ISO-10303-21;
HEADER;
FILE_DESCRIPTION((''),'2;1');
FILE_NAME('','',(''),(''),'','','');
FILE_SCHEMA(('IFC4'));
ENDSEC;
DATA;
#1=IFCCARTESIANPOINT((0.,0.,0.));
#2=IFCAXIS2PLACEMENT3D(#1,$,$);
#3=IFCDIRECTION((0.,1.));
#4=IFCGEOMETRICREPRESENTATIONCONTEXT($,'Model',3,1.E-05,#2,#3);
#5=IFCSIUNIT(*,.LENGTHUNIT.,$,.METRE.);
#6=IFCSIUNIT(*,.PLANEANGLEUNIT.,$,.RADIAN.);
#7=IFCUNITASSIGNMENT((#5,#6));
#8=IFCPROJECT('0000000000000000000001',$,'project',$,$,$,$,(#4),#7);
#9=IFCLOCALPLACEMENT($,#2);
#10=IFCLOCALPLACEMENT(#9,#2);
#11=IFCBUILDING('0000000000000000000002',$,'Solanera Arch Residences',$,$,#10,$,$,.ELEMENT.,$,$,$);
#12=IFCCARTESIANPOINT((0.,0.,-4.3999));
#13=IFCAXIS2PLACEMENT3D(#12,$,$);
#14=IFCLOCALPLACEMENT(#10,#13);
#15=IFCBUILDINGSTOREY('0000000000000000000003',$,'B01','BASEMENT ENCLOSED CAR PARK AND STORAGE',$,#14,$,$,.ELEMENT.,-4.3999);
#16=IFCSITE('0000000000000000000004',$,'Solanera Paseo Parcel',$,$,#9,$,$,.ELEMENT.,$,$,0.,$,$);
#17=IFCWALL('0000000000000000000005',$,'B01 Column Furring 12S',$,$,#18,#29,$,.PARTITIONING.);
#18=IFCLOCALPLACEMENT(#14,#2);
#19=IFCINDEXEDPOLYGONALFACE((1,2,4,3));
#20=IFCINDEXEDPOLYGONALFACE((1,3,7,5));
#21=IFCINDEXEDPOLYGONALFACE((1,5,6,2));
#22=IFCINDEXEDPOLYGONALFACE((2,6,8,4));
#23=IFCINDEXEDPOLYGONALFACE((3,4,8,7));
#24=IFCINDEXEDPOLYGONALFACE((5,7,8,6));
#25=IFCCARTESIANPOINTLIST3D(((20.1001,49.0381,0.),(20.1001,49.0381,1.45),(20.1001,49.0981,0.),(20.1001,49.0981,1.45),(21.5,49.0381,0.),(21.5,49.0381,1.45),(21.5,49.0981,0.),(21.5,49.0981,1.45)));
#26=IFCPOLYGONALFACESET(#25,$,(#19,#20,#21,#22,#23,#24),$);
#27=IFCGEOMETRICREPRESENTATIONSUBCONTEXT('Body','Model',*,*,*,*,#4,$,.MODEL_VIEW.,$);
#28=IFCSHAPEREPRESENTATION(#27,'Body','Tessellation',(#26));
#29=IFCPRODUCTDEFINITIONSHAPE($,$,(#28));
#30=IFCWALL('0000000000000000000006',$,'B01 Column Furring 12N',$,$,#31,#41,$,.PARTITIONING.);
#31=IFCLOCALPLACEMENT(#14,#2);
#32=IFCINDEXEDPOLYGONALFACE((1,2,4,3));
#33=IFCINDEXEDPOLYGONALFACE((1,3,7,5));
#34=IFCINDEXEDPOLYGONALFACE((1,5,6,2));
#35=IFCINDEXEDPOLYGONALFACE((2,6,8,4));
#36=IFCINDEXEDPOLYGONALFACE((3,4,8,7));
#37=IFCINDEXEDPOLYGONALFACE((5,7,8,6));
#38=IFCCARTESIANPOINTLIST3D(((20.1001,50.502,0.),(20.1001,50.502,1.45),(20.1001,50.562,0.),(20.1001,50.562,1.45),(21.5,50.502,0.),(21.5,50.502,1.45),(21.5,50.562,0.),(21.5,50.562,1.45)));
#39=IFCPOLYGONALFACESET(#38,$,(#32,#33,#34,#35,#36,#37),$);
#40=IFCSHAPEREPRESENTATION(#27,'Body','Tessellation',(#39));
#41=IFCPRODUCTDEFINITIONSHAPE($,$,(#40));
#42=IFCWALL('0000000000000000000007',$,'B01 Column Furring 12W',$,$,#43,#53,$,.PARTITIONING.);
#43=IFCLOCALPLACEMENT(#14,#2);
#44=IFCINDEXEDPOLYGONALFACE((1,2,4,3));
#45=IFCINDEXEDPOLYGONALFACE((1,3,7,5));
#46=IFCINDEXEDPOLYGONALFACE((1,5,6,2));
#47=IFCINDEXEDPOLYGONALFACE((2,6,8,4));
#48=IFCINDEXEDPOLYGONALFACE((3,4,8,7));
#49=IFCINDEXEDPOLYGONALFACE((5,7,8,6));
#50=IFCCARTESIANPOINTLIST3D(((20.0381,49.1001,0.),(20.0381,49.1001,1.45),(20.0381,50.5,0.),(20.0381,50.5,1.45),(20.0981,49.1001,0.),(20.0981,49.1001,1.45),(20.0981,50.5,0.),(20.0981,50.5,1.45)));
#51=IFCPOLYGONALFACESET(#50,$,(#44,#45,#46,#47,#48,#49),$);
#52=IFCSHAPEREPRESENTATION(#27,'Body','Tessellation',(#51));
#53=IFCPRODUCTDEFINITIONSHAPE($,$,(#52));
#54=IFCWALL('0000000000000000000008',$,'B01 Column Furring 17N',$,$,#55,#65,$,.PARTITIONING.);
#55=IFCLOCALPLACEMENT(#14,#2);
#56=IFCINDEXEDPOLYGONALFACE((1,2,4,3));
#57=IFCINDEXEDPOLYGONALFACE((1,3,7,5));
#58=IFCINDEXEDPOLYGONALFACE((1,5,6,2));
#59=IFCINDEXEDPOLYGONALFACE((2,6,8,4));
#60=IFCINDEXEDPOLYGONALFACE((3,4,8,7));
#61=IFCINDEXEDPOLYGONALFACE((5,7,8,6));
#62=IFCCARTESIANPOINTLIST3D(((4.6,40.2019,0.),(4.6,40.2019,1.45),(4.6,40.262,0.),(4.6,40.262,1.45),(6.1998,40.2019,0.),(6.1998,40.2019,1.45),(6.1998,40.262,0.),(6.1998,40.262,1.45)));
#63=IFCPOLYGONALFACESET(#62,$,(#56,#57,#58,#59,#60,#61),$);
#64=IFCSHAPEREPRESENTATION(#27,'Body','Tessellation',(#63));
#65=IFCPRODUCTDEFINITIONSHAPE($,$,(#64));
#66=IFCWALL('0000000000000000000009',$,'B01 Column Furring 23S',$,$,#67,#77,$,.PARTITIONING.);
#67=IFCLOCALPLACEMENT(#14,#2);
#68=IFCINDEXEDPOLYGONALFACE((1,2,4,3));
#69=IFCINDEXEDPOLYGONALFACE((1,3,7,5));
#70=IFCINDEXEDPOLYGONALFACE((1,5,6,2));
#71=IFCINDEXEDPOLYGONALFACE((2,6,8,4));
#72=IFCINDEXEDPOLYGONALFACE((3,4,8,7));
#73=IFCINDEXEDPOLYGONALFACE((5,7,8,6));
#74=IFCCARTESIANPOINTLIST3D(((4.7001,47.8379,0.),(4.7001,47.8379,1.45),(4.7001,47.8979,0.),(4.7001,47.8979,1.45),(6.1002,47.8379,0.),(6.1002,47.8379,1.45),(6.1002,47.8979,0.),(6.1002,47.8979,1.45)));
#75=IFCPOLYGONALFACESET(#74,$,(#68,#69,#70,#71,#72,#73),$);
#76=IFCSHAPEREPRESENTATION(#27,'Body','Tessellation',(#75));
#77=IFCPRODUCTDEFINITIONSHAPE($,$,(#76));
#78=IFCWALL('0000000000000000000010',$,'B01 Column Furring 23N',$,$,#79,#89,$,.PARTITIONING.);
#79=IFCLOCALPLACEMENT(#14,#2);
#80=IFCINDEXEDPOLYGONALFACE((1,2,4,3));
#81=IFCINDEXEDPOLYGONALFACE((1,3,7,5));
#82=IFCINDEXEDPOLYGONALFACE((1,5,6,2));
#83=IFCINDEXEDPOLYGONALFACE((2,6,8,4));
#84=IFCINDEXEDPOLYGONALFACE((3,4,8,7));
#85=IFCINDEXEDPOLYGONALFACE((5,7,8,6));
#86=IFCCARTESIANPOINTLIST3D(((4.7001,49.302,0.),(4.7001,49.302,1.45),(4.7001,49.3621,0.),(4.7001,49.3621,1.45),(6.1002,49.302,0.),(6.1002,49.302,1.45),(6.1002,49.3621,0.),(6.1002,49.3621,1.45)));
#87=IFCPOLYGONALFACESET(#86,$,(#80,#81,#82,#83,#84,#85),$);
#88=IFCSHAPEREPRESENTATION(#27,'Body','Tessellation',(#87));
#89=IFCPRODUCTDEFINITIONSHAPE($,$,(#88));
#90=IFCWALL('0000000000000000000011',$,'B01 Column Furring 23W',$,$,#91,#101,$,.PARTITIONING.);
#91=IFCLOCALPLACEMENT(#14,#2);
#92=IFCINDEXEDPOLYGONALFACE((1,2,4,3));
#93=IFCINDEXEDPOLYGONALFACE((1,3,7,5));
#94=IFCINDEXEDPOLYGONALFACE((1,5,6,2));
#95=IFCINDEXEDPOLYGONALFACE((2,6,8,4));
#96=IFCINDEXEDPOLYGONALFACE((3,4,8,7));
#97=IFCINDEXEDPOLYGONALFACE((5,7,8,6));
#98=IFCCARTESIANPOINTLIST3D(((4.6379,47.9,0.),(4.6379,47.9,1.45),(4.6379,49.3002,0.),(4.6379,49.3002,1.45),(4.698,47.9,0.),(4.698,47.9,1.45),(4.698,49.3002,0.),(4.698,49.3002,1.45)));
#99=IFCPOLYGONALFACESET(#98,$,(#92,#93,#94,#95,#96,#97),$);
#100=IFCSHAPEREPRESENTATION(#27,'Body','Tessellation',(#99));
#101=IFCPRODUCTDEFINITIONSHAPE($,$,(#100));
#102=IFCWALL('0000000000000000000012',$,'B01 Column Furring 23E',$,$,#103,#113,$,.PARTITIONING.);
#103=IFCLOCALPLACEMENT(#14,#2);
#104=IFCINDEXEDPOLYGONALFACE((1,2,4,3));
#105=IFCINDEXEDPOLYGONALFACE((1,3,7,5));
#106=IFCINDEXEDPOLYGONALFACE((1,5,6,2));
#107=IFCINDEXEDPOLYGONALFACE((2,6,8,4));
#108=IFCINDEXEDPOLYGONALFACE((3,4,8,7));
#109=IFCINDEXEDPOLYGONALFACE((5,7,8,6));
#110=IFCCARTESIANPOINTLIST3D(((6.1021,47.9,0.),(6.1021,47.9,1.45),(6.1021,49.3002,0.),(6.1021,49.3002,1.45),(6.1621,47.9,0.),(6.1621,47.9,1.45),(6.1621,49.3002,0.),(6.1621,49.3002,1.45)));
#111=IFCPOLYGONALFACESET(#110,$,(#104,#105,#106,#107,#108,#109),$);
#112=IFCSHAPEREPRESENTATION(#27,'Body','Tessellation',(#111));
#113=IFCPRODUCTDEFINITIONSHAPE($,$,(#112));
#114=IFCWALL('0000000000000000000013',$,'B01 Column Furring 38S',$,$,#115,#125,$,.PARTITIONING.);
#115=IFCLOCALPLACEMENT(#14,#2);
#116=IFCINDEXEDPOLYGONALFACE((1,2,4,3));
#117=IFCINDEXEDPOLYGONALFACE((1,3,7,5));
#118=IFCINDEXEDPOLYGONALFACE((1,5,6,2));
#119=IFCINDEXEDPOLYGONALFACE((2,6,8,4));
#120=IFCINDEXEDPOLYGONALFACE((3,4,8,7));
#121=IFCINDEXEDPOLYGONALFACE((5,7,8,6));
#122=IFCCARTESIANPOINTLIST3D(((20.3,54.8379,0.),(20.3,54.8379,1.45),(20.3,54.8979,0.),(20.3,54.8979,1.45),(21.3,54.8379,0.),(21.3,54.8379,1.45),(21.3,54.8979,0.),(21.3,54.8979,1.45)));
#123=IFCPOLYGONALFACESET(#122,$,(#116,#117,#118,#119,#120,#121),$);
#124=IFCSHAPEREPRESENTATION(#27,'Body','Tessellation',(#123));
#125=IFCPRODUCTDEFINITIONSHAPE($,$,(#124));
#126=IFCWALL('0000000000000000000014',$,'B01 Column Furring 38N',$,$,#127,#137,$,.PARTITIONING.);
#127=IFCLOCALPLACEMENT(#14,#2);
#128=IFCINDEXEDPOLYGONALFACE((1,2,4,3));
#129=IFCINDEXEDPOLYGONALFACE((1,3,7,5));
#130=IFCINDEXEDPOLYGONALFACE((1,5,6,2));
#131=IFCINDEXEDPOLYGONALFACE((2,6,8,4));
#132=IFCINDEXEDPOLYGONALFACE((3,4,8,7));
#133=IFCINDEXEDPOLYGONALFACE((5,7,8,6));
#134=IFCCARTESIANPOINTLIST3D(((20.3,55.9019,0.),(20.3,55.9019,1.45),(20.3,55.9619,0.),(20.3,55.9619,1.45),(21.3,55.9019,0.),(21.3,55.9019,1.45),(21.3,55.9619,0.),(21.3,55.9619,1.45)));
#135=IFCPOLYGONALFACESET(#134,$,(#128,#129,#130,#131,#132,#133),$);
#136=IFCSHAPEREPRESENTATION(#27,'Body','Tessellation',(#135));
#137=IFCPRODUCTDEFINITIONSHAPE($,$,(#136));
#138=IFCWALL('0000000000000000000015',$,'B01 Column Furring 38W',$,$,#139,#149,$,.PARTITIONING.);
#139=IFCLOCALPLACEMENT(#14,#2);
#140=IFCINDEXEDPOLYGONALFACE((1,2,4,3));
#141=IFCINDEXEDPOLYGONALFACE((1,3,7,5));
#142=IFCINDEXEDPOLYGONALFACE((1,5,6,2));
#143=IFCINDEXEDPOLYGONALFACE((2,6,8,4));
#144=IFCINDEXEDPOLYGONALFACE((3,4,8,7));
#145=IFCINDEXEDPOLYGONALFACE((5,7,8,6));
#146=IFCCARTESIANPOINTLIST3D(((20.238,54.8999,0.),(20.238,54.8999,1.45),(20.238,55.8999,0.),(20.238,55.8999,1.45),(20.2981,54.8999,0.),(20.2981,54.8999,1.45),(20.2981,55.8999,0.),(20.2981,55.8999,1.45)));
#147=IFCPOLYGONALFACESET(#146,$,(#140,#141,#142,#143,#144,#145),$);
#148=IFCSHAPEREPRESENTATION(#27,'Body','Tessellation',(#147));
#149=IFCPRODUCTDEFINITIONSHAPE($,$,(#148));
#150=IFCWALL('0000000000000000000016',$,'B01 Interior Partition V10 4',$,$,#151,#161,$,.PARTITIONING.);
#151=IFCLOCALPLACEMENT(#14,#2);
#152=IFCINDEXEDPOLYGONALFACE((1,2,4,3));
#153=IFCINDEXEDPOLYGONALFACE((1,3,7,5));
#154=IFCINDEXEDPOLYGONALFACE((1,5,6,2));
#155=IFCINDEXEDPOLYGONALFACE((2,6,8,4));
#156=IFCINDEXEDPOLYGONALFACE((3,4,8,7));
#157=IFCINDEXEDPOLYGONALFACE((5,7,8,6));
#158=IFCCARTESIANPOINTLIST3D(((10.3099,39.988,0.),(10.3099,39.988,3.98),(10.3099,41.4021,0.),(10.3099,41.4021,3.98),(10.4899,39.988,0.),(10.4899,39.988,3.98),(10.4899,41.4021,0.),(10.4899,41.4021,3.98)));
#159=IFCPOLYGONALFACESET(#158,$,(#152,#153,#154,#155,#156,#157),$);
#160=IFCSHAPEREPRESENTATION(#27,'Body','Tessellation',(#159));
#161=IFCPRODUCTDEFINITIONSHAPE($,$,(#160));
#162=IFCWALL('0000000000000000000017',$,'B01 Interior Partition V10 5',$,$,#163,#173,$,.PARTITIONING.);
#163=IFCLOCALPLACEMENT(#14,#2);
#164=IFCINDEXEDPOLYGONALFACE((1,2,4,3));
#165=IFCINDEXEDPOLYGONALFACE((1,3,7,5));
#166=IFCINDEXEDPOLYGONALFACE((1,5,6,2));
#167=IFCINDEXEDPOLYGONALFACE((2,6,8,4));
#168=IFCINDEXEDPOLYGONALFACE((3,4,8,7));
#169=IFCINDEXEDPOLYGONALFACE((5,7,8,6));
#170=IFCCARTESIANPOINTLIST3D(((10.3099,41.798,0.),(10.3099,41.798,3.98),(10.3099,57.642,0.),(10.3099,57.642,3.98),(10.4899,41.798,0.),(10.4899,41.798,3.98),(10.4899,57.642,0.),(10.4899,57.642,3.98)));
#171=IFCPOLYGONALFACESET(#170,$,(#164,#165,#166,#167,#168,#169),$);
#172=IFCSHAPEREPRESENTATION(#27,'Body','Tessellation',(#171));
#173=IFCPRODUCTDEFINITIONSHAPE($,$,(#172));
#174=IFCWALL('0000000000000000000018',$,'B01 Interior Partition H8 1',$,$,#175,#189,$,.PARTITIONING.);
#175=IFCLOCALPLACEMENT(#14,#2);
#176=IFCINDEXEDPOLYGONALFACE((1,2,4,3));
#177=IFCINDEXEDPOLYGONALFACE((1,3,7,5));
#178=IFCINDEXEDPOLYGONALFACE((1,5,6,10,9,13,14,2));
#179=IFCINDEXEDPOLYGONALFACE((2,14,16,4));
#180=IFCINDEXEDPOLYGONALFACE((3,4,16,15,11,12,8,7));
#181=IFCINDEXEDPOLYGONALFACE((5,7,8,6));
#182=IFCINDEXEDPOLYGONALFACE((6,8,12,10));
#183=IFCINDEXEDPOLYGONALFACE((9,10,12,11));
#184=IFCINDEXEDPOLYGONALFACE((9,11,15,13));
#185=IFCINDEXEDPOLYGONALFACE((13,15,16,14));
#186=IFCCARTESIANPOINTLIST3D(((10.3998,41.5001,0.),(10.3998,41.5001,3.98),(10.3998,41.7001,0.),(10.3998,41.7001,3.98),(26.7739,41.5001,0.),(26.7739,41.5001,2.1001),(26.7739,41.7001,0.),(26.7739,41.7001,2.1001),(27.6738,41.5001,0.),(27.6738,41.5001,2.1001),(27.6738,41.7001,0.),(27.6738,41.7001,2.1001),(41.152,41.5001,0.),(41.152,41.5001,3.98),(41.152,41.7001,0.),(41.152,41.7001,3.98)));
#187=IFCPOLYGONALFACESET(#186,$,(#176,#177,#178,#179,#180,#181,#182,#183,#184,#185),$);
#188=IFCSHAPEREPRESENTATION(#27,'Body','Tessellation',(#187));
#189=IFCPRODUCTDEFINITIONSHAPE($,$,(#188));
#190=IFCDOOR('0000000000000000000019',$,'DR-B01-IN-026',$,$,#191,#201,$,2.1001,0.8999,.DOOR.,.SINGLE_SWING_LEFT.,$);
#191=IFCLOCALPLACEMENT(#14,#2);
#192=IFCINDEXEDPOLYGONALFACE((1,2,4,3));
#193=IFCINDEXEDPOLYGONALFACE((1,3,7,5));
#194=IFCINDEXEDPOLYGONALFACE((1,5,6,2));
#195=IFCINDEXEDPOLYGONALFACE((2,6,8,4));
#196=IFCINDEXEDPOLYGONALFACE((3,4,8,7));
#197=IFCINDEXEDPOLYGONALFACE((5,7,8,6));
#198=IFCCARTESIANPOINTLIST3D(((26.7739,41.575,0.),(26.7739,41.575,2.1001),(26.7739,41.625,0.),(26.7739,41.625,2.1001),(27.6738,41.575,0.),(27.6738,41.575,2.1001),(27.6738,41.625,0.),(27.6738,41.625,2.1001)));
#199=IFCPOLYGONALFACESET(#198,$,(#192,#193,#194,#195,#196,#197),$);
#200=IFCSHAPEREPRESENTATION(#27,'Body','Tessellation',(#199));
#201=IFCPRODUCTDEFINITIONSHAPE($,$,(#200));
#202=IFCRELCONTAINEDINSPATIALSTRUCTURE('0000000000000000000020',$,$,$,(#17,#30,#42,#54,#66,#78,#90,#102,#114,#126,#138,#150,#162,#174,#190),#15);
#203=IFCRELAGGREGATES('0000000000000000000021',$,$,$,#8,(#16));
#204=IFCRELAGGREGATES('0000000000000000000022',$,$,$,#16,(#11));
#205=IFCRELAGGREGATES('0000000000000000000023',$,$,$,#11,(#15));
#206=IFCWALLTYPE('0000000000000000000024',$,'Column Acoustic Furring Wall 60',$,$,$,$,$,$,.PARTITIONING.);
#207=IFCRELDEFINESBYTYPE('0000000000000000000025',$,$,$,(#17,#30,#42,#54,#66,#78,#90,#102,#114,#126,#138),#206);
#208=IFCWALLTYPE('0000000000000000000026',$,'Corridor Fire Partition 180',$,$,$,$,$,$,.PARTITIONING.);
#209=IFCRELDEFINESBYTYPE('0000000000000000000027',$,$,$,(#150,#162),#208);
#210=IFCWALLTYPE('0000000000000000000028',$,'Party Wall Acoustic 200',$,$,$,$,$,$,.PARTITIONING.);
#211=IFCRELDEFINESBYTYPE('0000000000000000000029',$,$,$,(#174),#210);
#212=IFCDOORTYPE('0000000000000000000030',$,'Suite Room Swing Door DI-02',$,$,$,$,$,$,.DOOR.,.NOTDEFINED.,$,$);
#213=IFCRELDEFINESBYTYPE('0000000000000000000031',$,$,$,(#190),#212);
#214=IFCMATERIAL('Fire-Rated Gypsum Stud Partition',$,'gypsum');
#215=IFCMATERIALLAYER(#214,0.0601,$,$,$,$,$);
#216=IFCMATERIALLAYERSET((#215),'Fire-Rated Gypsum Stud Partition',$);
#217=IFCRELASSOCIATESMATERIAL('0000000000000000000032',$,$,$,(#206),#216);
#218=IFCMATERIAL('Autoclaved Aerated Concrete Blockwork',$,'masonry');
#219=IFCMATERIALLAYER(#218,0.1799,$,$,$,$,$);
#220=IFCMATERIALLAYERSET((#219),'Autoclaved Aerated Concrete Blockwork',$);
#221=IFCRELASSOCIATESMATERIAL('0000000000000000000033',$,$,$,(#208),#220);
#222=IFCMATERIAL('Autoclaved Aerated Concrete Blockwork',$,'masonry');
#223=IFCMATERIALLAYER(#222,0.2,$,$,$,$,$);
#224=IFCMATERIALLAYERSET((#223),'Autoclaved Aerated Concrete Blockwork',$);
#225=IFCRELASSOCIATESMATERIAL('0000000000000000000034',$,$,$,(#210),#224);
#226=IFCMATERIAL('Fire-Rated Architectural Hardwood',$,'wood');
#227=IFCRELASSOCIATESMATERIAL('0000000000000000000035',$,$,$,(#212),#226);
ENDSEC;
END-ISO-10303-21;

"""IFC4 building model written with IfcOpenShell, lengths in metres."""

from ifc_helpers import new_model, si_unit, direction, frame, frame_2d, origin, place, context, subcontext, project, spatial, rectangle, extrude, material, layer, layer_set, type_object, element, fill, save


model = new_model("IFC4")

# Units and contexts
model_context = context("Model", 3, precision=1e-05, world=origin(), true_north=direction((0.0, 1.0)))
body_context = subcontext(model_context, "Body", "Model", "MODEL_VIEW")
ifc_project = project(units=[si_unit("LENGTHUNIT", "METRE"), si_unit("PLANEANGLEUNIT", "RADIAN")], contexts=[model_context])

# Site, building, storey
site_placement = place(None, origin())
site = spatial("IfcSite", under=ifc_project, at=site_placement, Name="Solanera Paseo Parcel", CompositionType="ELEMENT", RefElevation=0.0)
building_placement = place(site_placement, origin())
building = spatial("IfcBuilding", under=site, at=building_placement, Name="Solanera Arch Residences", CompositionType="ELEMENT")
storey_placement = place(building_placement, frame((0.0, 0.0, -4.3999)))
storey = spatial("IfcBuildingStorey", under=building, at=storey_placement, Name="B01", Description="BASEMENT ENCLOSED CAR PARK AND STORAGE", CompositionType="ELEMENT", Elevation=-4.3999)

# Walls
ifc_material_1 = material(Name="Fire-Rated Gypsum Stud Partition", Category="gypsum")
ifc_layer_1 = layer(ifc_material_1, 0.0601)
ifc_layer_set_1 = layer_set([ifc_layer_1], Name="Fire-Rated Gypsum Stud Partition")
wall_type_1 = type_object("IfcWallType", Name="Column Acoustic Furring Wall 60", PredefinedType="PARTITIONING", material=ifc_layer_set_1)
for number, where, z_axis, x_axis, name in (
    (1, (20.1001, 49.0681, 0.0), (0.0, 0.0, 1.0), (1.0, 0.0, 0.0), "B01 Column Furring 12S"),
    (2, (20.1001, 50.532, 0.0), (0.0, 0.0, 1.0), (1.0, 0.0, 0.0), "B01 Column Furring 12N"),
    (3, (20.0681, 49.1001, 0.0), (0.0, 0.0, 1.0), (0.0, 1.0, 0.0), "B01 Column Furring 12W"),
):
    element("IfcWall", number, at=place(storey_placement, frame(where, z_axis=z_axis, x_axis=x_axis)), inside=storey, type_object=wall_type_1, Name=name, PredefinedType="PARTITIONING", context=body_context, shape_type="SweptSolid", body=[
        extrude(rectangle(XDim=1.3999, YDim=0.0601, at=frame_2d((0.7, 0.0))), origin(), (0.0, 0.0, 1.0), 1.45),
    ])
wall_1_placement = place(storey_placement, frame((4.6001, 40.2319, 0.0), z_axis=(0.0, 0.0, 1.0), x_axis=(1.0, 0.0, 0.0)))
element("IfcWall", 4, at=wall_1_placement, inside=storey, type_object=wall_type_1, Name="B01 Column Furring 17N", PredefinedType="PARTITIONING", context=body_context, shape_type="SweptSolid", body=[
    extrude(rectangle(XDim=1.5999, YDim=0.0601, at=frame_2d((0.7998, 0.0))), origin(), (0.0, 0.0, 1.0), 1.45),
])
for number, where, z_axis, x_axis, name in (
    (5, (4.7, 47.8679, 0.0), (0.0, 0.0, 1.0), (1.0, 0.0, 0.0), "B01 Column Furring 23S"),
    (6, (4.7, 49.332, 0.0), (0.0, 0.0, 1.0), (1.0, 0.0, 0.0), "B01 Column Furring 23N"),
    (7, (4.668, 47.8999, 0.0), (0.0, 0.0, 1.0), (0.0, 1.0, 0.0), "B01 Column Furring 23W"),
    (8, (6.1321, 47.8999, 0.0), (0.0, 0.0, 1.0), (0.0, 1.0, 0.0), "B01 Column Furring 23E"),
):
    element("IfcWall", number, at=place(storey_placement, frame(where, z_axis=z_axis, x_axis=x_axis)), inside=storey, type_object=wall_type_1, Name=name, PredefinedType="PARTITIONING", context=body_context, shape_type="SweptSolid", body=[
        extrude(rectangle(XDim=1.4001, YDim=0.0601, at=frame_2d((0.7002, 0.0))), origin(), (0.0, 0.0, 1.0), 1.45),
    ])
for number, where, z_axis, x_axis, name in (
    (9, (20.3, 54.8679, 0.0), (0.0, 0.0, 1.0), (1.0, 0.0, 0.0), "B01 Column Furring 38S"),
    (10, (20.3, 55.9319, 0.0), (0.0, 0.0, 1.0), (1.0, 0.0, 0.0), "B01 Column Furring 38N"),
    (11, (20.2681, 54.8999, 0.0), (0.0, 0.0, 1.0), (0.0, 1.0, 0.0), "B01 Column Furring 38W"),
):
    element("IfcWall", number, at=place(storey_placement, frame(where, z_axis=z_axis, x_axis=x_axis)), inside=storey, type_object=wall_type_1, Name=name, PredefinedType="PARTITIONING", context=body_context, shape_type="SweptSolid", body=[
        extrude(rectangle(XDim=1.0, YDim=0.0601, at=frame_2d((0.5, 0.0))), origin(), (0.0, 0.0, 1.0), 1.45),
    ])

# Shared definitions
ifc_material_2 = material(Name="Autoclaved Aerated Concrete Blockwork", Category="masonry")
ifc_layer_2 = layer(ifc_material_2, 0.1799)
ifc_layer_set_2 = layer_set([ifc_layer_2], Name="Autoclaved Aerated Concrete Blockwork")
wall_type_2 = type_object("IfcWallType", Name="Corridor Fire Partition 180", PredefinedType="PARTITIONING", material=ifc_layer_set_2)

# Walls
wall_2_placement = place(storey_placement, frame((10.3999, 39.988, 0.0), z_axis=(0.0, 0.0, 1.0), x_axis=(0.0, 1.0, 0.0)))
element("IfcWall", 12, at=wall_2_placement, inside=storey, type_object=wall_type_2, Name="B01 Interior Partition V10 4", PredefinedType="PARTITIONING", context=body_context, shape_type="SweptSolid", body=[
    extrude(rectangle(XDim=1.4141, YDim=0.1799, at=frame_2d((0.707, 0.0))), origin(), (0.0, 0.0, 1.0), 3.98),
])
wall_3_placement = place(storey_placement, frame((10.3999, 41.7981, 0.0), z_axis=(0.0, 0.0, 1.0), x_axis=(0.0, 1.0, 0.0)))
element("IfcWall", 13, at=wall_3_placement, inside=storey, type_object=wall_type_2, Name="B01 Interior Partition V10 5", PredefinedType="PARTITIONING", context=body_context, shape_type="SweptSolid", body=[
    extrude(rectangle(XDim=15.844, YDim=0.1799, at=frame_2d((7.9219, 0.0))), origin(), (0.0, 0.0, 1.0), 3.98),
])

# Wall, opening, door
ifc_material_3 = material(Name="Autoclaved Aerated Concrete Blockwork", Category="masonry")
ifc_layer_3 = layer(ifc_material_3, 0.2)
ifc_layer_set_3 = layer_set([ifc_layer_3], Name="Autoclaved Aerated Concrete Blockwork")
wall_type_3 = type_object("IfcWallType", Name="Party Wall Acoustic 200", PredefinedType="PARTITIONING", material=ifc_layer_set_3)
wall_4_placement = place(storey_placement, frame((10.3999, 41.6001, 0.0), z_axis=(0.0, 0.0, 1.0), x_axis=(1.0, 0.0, 0.0)))
wall_4 = element("IfcWall", 14, at=wall_4_placement, inside=storey, type_object=wall_type_3, Name="B01 Interior Partition H8 1", PredefinedType="PARTITIONING", context=body_context, shape_type="SweptSolid", body=[
    extrude(rectangle(XDim=30.7522, YDim=0.2, at=frame_2d((15.376, 0.0))), origin(), (0.0, 0.0, 1.0), 3.98),
])
opening_1_placement = place(wall_4_placement, frame((16.374, 0.0, 0.0)))
opening_1 = element("IfcOpeningElement", 15, at=opening_1_placement, cuts=wall_4, PredefinedType="OPENING", context=body_context, shape_type="SweptSolid", body=[
    extrude(rectangle(XDim=0.8999, YDim=2.1001, at=frame_2d((0.45, 1.05))), frame((0.0, 0.1101, 0.0), z_axis=(0.0, -1.0, 0.0), x_axis=(1.0, 0.0, 0.0)), (0.0, 0.0, 1.0), 0.22),
])
ifc_material_4 = material(Name="Fire-Rated Architectural Hardwood", Category="wood")
door_type_1 = type_object("IfcDoorType", Name="Suite Room Swing Door DI-02", OperationType="NOTDEFINED", PredefinedType="DOOR", material=ifc_material_4)
door_1_placement = place(opening_1_placement, origin())
door_1 = element("IfcDoor", 16, at=door_1_placement, inside=storey, type_object=door_type_1, Name="DR-B01-IN-026", OperationType="SINGLE_SWING_LEFT", OverallHeight=2.1001, OverallWidth=0.8999, PredefinedType="DOOR", context=body_context, shape_type="SweptSolid", body=[
    extrude(rectangle(XDim=0.8999, YDim=2.1001, at=frame_2d((0.45, 1.05))), frame((0.0, 0.0249, 0.0), z_axis=(0.0, -1.0, 0.0), x_axis=(1.0, 0.0, 0.0)), (0.0, 0.0, 1.0), 0.05),
])
fill(opening_1, door_1)

save(model, "model.ifc")
